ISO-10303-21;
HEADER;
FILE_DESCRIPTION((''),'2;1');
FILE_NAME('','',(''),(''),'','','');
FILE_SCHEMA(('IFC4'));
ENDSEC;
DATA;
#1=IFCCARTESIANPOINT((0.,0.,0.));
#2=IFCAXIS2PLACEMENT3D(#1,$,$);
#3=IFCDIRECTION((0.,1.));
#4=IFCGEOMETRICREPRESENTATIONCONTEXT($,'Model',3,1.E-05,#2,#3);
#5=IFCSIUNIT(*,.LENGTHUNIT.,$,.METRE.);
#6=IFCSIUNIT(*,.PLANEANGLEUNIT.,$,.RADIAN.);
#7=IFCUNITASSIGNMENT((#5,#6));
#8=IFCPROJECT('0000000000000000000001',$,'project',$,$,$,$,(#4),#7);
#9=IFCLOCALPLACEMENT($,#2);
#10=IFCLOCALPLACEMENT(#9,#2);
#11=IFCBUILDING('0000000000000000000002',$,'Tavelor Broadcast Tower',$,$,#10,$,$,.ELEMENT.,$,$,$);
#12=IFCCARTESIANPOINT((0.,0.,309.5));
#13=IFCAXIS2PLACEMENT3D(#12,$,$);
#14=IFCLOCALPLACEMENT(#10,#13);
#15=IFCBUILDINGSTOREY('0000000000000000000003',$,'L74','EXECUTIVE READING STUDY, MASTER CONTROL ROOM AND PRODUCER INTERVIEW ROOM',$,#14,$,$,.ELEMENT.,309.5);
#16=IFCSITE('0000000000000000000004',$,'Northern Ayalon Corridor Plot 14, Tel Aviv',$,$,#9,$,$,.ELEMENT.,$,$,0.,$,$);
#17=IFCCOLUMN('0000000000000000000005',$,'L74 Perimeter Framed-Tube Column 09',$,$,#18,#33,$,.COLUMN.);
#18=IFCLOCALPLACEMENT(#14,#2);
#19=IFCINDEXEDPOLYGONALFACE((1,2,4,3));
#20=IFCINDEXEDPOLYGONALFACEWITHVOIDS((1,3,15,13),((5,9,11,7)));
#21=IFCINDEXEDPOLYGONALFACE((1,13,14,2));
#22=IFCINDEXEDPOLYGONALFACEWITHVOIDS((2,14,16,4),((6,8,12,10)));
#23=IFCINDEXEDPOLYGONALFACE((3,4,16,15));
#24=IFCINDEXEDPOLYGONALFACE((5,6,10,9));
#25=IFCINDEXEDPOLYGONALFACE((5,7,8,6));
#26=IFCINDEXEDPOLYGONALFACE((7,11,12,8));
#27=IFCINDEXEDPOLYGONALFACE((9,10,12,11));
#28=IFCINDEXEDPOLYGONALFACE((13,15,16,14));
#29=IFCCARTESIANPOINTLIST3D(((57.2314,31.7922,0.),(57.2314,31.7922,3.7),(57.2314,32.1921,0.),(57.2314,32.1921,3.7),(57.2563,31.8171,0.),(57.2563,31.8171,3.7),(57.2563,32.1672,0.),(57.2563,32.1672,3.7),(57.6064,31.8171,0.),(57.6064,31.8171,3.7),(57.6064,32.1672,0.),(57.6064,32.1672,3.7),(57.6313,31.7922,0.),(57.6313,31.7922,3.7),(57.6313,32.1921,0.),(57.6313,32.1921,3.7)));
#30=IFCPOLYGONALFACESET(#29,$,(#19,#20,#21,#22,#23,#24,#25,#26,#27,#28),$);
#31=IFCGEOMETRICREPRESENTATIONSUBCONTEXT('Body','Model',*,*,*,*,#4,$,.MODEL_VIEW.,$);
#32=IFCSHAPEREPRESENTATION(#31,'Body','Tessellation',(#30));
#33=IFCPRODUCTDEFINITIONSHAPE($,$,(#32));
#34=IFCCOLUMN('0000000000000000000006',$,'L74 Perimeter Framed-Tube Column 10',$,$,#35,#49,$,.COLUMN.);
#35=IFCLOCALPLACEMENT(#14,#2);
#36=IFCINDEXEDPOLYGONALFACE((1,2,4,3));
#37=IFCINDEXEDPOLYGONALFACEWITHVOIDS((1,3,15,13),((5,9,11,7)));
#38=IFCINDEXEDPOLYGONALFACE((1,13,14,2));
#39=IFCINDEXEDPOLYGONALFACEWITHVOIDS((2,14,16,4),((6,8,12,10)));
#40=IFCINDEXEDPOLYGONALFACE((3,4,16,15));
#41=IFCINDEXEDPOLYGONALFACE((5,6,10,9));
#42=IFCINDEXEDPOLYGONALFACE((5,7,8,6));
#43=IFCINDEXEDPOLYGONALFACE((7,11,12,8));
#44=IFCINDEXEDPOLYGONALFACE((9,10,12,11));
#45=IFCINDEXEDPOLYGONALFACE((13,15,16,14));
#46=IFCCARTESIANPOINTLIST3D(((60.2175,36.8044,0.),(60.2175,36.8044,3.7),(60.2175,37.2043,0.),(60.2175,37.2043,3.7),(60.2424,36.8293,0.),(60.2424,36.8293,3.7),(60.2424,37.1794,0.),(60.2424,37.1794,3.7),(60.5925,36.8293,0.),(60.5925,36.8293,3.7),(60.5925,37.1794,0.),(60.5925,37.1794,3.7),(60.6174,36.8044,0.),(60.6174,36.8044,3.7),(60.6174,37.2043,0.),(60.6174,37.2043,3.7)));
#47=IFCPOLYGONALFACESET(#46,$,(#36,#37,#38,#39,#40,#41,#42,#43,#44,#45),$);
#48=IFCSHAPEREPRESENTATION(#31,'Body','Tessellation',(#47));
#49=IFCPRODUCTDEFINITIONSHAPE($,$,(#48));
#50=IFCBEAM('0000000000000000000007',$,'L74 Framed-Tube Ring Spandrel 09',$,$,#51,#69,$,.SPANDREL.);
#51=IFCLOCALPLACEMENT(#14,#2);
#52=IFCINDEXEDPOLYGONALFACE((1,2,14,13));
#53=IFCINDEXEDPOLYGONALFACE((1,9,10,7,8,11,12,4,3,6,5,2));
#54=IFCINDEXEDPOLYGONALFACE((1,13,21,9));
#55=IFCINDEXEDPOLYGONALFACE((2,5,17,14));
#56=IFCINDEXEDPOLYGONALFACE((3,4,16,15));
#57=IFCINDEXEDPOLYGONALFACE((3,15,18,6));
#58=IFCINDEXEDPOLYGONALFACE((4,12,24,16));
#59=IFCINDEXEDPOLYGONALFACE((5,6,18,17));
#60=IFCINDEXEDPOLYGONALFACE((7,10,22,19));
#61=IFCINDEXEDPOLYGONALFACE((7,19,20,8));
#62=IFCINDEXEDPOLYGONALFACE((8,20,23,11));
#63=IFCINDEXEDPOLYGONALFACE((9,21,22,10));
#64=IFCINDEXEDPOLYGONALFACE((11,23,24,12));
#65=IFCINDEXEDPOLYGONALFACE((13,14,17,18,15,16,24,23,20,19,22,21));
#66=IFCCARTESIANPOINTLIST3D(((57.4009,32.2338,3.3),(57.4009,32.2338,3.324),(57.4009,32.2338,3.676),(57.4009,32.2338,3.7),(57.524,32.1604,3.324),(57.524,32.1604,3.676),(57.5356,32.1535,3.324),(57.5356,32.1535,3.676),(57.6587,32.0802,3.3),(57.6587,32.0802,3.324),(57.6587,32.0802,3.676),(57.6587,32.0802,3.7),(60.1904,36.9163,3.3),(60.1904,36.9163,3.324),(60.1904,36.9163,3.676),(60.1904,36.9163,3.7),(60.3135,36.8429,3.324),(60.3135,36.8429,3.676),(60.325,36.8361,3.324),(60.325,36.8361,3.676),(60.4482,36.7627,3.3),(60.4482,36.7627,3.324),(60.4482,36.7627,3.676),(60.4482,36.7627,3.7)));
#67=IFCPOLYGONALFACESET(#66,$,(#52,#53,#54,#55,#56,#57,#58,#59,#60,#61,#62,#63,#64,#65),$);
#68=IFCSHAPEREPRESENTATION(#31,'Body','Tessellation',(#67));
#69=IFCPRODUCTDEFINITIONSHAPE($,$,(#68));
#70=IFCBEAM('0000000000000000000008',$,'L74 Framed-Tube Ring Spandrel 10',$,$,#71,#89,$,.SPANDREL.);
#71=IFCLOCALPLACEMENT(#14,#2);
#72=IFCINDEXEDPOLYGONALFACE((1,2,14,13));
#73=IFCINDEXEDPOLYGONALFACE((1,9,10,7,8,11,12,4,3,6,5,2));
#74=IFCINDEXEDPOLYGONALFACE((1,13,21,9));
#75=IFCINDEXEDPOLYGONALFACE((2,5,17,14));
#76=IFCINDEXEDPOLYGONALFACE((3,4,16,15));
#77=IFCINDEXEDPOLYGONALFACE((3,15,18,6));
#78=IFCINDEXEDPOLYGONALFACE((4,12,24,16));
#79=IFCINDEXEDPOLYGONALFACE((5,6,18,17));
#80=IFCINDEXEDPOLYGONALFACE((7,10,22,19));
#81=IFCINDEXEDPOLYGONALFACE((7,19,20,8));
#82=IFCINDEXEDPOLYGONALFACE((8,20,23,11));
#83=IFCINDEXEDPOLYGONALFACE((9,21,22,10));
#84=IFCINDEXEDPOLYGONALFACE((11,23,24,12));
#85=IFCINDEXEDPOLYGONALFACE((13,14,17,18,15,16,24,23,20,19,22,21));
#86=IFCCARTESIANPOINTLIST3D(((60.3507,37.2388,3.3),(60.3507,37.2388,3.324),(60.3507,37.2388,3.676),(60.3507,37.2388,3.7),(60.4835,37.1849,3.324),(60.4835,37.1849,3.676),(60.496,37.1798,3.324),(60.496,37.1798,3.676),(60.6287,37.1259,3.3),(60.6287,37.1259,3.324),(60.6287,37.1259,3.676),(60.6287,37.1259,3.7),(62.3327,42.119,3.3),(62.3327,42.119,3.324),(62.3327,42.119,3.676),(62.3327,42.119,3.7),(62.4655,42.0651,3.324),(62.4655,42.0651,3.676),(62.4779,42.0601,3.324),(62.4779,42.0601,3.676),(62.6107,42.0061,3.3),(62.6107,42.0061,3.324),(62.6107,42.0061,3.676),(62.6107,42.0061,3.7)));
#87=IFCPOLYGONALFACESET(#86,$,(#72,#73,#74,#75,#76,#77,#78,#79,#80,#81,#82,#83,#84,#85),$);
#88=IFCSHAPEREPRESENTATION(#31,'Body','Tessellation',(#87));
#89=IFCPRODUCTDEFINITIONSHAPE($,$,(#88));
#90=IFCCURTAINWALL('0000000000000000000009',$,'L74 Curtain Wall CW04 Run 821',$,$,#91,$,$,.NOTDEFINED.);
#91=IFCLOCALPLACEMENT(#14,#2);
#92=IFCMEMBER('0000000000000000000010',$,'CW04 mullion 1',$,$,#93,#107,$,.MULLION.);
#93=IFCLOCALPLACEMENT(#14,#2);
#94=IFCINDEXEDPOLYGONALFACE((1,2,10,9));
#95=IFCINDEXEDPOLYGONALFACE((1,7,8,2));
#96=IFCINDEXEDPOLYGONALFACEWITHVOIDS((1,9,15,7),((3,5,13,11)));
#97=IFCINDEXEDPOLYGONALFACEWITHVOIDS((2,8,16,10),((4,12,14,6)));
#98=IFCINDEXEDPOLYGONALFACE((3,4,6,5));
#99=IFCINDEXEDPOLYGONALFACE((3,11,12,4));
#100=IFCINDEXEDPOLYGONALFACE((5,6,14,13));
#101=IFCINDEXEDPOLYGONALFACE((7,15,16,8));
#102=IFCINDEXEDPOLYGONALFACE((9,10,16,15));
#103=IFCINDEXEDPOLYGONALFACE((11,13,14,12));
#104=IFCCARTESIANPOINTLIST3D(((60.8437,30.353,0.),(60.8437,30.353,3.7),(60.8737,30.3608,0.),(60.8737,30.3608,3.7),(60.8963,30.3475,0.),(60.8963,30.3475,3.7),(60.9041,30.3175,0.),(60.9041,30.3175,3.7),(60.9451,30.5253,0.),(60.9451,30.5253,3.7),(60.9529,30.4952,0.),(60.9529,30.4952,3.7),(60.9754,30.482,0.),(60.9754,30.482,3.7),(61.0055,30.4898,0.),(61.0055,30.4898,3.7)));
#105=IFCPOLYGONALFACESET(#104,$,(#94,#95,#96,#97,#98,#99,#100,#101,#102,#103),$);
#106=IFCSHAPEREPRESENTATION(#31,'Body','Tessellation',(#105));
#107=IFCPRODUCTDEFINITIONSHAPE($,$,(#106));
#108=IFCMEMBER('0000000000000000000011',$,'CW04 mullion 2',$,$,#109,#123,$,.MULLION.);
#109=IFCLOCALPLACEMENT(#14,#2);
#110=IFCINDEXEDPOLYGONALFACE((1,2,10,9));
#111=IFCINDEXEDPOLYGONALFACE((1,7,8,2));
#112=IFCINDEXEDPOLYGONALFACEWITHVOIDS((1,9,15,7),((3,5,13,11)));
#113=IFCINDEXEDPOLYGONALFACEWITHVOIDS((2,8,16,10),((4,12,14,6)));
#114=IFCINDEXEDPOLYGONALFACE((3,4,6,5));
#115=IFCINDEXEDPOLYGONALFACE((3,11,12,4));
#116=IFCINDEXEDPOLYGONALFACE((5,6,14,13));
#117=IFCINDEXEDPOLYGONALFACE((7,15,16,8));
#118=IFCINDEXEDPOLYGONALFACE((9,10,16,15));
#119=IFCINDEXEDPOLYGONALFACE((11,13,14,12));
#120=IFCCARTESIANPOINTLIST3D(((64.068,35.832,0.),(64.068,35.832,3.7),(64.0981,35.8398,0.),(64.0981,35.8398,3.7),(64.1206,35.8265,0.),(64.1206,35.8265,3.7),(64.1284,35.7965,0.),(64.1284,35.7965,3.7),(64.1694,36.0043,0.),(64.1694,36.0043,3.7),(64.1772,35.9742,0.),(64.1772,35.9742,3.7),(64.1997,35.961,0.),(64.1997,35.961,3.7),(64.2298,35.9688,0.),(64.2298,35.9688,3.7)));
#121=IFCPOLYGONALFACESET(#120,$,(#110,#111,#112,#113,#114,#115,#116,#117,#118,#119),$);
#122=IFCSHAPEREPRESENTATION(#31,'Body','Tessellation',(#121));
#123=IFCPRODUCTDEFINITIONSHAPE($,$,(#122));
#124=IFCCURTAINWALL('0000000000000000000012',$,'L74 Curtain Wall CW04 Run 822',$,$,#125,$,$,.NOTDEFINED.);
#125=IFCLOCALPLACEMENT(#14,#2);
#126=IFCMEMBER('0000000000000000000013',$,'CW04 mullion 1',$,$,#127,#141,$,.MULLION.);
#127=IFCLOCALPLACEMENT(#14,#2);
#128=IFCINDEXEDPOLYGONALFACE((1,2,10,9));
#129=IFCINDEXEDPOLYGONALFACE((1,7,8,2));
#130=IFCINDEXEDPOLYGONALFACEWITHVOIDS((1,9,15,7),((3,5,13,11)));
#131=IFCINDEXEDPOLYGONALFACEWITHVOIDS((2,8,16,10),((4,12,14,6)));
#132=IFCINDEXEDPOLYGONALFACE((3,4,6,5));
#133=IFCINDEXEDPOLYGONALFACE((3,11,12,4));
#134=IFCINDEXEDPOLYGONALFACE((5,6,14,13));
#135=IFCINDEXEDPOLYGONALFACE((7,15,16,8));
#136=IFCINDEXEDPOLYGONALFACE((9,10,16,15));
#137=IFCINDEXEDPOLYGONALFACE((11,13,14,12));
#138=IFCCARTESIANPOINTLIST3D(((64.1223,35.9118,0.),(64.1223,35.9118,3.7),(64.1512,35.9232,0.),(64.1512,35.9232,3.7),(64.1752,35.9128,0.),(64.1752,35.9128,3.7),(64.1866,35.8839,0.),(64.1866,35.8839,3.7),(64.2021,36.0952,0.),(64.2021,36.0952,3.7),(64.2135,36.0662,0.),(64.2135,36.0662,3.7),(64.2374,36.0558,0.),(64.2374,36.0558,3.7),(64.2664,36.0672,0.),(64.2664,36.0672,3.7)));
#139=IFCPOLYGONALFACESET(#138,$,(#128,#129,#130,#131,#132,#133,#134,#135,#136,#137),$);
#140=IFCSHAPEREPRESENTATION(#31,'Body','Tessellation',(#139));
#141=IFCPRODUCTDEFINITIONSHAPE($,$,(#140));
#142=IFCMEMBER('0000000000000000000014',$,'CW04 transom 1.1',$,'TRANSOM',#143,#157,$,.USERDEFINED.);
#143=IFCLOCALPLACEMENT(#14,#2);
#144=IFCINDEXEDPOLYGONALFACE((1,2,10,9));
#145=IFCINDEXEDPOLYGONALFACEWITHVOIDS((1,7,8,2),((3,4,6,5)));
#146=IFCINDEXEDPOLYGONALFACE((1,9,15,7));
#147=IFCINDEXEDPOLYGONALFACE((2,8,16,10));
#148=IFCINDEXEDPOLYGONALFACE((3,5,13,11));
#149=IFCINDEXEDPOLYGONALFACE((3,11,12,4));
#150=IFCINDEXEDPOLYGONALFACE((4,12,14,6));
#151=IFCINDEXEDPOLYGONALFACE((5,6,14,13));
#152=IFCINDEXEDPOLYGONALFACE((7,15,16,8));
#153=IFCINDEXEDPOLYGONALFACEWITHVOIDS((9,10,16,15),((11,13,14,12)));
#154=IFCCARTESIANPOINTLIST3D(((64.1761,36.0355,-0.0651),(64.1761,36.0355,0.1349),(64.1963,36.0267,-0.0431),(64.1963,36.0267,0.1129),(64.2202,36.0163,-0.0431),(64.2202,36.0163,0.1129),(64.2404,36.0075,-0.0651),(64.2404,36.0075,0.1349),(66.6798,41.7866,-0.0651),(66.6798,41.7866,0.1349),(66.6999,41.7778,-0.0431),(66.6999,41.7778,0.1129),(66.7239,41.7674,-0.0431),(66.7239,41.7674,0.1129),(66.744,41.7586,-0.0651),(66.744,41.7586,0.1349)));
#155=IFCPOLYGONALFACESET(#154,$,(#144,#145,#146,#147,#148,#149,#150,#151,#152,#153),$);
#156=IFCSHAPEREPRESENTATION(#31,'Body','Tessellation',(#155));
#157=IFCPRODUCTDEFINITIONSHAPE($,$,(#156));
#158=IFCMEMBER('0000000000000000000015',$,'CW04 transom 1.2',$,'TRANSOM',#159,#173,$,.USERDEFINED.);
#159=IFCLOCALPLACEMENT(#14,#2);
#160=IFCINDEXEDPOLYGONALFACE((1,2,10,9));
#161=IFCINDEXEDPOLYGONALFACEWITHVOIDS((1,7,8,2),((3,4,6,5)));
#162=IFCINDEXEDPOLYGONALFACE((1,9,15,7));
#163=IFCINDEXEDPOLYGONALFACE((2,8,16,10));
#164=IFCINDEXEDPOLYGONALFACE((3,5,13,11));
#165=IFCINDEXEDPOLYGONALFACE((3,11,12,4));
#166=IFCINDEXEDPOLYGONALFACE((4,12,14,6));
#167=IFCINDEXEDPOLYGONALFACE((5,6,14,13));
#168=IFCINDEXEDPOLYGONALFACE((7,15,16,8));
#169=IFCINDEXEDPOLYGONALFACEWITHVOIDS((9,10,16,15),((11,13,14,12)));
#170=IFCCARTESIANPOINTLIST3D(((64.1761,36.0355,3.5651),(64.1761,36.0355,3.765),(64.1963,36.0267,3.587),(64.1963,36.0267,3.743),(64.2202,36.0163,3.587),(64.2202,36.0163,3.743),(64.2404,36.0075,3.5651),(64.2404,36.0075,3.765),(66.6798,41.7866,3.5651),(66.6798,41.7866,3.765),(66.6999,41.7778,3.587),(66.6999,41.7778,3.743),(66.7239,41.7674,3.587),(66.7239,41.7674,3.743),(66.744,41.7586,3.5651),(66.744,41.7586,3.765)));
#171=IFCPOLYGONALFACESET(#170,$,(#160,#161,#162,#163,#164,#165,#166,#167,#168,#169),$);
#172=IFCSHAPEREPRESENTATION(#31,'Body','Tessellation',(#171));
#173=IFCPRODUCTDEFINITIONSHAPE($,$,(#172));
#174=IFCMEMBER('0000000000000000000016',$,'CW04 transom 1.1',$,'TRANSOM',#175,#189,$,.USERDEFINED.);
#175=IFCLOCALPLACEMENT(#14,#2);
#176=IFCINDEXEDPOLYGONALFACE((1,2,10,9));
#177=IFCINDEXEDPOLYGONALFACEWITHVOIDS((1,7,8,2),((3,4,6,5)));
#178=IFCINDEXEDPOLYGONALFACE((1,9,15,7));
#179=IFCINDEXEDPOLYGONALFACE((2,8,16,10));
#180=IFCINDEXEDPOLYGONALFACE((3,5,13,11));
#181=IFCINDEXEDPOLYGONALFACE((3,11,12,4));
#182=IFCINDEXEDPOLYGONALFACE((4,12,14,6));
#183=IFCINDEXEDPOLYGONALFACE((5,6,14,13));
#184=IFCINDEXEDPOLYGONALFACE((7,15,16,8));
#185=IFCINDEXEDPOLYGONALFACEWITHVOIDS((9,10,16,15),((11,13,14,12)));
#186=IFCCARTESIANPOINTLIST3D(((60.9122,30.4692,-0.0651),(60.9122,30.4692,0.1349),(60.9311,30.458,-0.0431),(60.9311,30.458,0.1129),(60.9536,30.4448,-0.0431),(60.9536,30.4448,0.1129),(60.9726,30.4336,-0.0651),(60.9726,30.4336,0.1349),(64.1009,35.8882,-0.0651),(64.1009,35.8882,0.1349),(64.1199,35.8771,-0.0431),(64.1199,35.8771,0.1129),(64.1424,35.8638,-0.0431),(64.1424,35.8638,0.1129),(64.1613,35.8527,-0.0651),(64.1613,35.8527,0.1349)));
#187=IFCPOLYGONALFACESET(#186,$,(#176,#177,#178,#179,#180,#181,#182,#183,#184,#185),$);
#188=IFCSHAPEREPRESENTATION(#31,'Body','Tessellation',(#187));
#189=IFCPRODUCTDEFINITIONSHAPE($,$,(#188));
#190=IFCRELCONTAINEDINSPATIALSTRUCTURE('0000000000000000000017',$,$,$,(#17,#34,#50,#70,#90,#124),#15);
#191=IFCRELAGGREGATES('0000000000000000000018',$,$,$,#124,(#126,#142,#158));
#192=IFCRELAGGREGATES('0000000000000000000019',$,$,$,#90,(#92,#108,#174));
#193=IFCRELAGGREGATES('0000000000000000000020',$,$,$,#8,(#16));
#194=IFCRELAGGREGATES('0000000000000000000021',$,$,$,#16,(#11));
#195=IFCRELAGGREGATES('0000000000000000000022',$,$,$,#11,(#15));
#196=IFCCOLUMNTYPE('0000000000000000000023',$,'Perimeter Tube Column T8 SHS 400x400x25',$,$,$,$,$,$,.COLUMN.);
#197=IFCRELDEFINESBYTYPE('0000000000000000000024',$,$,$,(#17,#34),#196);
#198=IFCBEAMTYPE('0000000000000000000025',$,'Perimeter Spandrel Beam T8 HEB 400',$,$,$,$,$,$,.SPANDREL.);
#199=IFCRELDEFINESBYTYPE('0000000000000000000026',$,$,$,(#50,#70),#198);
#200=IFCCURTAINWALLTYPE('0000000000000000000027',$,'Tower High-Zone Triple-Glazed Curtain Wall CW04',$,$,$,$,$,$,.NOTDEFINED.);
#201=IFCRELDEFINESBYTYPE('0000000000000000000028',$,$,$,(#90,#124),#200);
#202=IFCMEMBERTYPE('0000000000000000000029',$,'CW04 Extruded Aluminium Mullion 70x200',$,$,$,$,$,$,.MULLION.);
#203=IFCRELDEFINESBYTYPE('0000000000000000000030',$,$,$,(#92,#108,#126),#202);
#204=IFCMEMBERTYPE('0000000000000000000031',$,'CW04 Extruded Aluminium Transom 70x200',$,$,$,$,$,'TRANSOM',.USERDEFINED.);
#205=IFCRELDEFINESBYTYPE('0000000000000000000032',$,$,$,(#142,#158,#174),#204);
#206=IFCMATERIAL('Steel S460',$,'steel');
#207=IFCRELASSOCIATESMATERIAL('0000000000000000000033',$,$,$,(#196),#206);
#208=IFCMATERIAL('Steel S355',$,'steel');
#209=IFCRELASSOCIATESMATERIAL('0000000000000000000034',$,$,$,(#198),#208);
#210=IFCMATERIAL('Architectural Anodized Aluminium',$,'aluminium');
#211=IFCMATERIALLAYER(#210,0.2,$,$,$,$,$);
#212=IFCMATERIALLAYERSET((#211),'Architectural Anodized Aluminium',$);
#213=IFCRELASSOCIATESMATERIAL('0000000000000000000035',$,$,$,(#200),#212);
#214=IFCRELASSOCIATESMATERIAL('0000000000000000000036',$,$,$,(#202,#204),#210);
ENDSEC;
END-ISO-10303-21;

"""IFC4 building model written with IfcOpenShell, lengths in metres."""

from ifc_helpers import new_model, si_unit, direction, frame, origin, origin_2d, place, context, subcontext, project, spatial, hollow_rectangle, i_section, extrude, source, transform, mapped, material, layer, layer_set, material_profile, profile_set, type_object, type_shapes, element, aggregate, save


model = new_model("IFC4")

# Units and contexts
model_context = context("Model", 3, precision=1e-05, world=origin(), true_north=direction((0.0, 1.0)))
body_context = subcontext(model_context, "Body", "Model", "MODEL_VIEW")
ifc_project = project(units=[si_unit("LENGTHUNIT", "METRE"), si_unit("PLANEANGLEUNIT", "RADIAN")], contexts=[model_context])

# Site, building, storey
site_placement = place(None, origin())
site = spatial("IfcSite", under=ifc_project, at=site_placement, Name="Northern Ayalon Corridor Plot 14, Tel Aviv", CompositionType="ELEMENT", RefElevation=0.0)
building_placement = place(site_placement, origin())
building = spatial("IfcBuilding", under=site, at=building_placement, Name="Tavelor Broadcast Tower", CompositionType="ELEMENT")
storey_placement = place(building_placement, frame((0.0, 0.0, 309.5)))
storey = spatial("IfcBuildingStorey", under=building, at=storey_placement, Name="L74", Description="EXECUTIVE READING STUDY, MASTER CONTROL ROOM AND PRODUCER INTERVIEW ROOM", CompositionType="ELEMENT", Elevation=309.5)

# Columns
ifc_material_1 = material(Name="Steel S460", Category="steel")
ifc_material_profile_1 = material_profile(ifc_material_1, hollow_rectangle(XDim=0.3999, YDim=0.3999, WallThickness=0.0249, at=origin_2d()), Name="SHS 400x400x25")
ifc_profile_set_1 = profile_set([ifc_material_profile_1], Name="Steel S460")
column_type = type_object("IfcColumnType", Name="Perimeter Tube Column T8 SHS 400x400x25", PredefinedType="COLUMN", material=ifc_profile_set_1)
for number, where, z_axis, x_axis, name in (
    (1, (57.4314, 31.9922, 0.0), (0.0, 0.0, 1.0), (1.0, 0.0, 0.0), "L74 Perimeter Framed-Tube Column 09"),
    (2, (60.4175, 37.0044, 0.0), (0.0, 0.0, 1.0), (1.0, 0.0, 0.0), "L74 Perimeter Framed-Tube Column 10"),
):
    element("IfcColumn", number, at=place(storey_placement, frame(where, z_axis=z_axis, x_axis=x_axis)), inside=storey, type_object=column_type, Name=name, PredefinedType="COLUMN", context=body_context, shape_type="SweptSolid", body=[
        extrude(hollow_rectangle(XDim=0.3999, YDim=0.3999, WallThickness=0.0249, at=origin_2d()), origin(), (0.0, 0.0, 1.0), 3.7),
    ])

# Beams
ifc_material_2 = material(Name="Steel S355", Category="steel")
ifc_material_profile_2 = material_profile(ifc_material_2, i_section(OverallWidth=0.3, OverallDepth=0.3999, WebThickness=0.0134, FlangeThickness=0.0239, at=origin_2d()), Name="HEB 400")
ifc_profile_set_2 = profile_set([ifc_material_profile_2], Name="Steel S355")
beam_type = type_object("IfcBeamType", Name="Perimeter Spandrel Beam T8 HEB 400", PredefinedType="SPANDREL", material=ifc_profile_set_2)
beam_1_placement = place(storey_placement, frame((57.5298, 32.157, 3.5), z_axis=(0.511793, 0.859109, 0.0), x_axis=(-0.859109, 0.511793, 0.0)))
element("IfcBeam", 3, at=beam_1_placement, inside=storey, type_object=beam_type, Name="L74 Framed-Tube Ring Spandrel 09", PredefinedType="SPANDREL", context=body_context, shape_type="SweptSolid", body=[
    extrude(i_section(OverallWidth=0.3, OverallDepth=0.3999, WebThickness=0.0134, FlangeThickness=0.0239, at=origin_2d()), origin(), (0.0, 0.0, 1.0), 5.4504),
])
beam_2_placement = place(storey_placement, frame((60.4897, 37.1824, 3.5), z_axis=(0.376276, 0.926507, 0.0), x_axis=(-0.926507, 0.376276, 0.0)))
element("IfcBeam", 4, at=beam_2_placement, inside=storey, type_object=beam_type, Name="L74 Framed-Tube Ring Spandrel 10", PredefinedType="SPANDREL", context=body_context, shape_type="SweptSolid", body=[
    extrude(i_section(OverallWidth=0.3, OverallDepth=0.3999, WebThickness=0.0134, FlangeThickness=0.0239, at=origin_2d()), origin(), (0.0, 0.0, 1.0), 5.2673),
])

# Curtain walls, members
ifc_material_3 = material(Name="Architectural Anodized Aluminium", Category="aluminium")
ifc_layer_1 = layer(ifc_material_3, 0.2)
ifc_layer_set_1 = layer_set([ifc_layer_1], Name="Architectural Anodized Aluminium")
curtain_wall_type = type_object("IfcCurtainWallType", Name="Tower High-Zone Triple-Glazed Curtain Wall CW04", PredefinedType="NOTDEFINED", material=ifc_layer_set_1)
curtain_wall_1_placement = place(storey_placement, origin())
curtain_wall_1 = element("IfcCurtainWall", 5, at=curtain_wall_1_placement, inside=storey, type_object=curtain_wall_type, Name="L74 Curtain Wall CW04 Run 821", PredefinedType="NOTDEFINED")
ifc_material_profile_3 = material_profile(ifc_material_3, hollow_rectangle(XDim=0.0701, YDim=0.2, WallThickness=0.022, at=origin_2d()), Name="RHS 70x200x22")
ifc_profile_set_3 = profile_set([ifc_material_profile_3], Name="Architectural Anodized Aluminium")
member_type_1 = type_object("IfcMemberType", Name="CW04 Extruded Aluminium Mullion 70x200", PredefinedType="MULLION", material=ifc_profile_set_3)
shared_shape_1 = source(origin(), body_context, "Body", "SweptSolid", [
    extrude(hollow_rectangle(XDim=0.0701, YDim=0.2, WallThickness=0.022, at=origin_2d()), origin(), (0.0, 0.0, 1.0), 3.7),
])
type_shapes(member_type_1, [shared_shape_1])
member_1_placement = place(storey_placement, frame((60.9246, 30.4214, 0.0), z_axis=(0.0, 0.0, 1.0), x_axis=(-0.861848, 0.507167, 0.0)))
member_1 = element("IfcMember", 6, at=member_1_placement, type_object=member_type_1, Name="CW04 mullion 1", PredefinedType="MULLION", context=body_context, shape_type="MappedRepresentation", body=[
    mapped(shared_shape_1, transform((0.0, 0.0, 0.0), scale=1.0)),
])
member_2_placement = place(storey_placement, frame((64.1489, 35.9004, 0.0), z_axis=(0.0, 0.0, 1.0), x_axis=(-0.861848, 0.507167, 0.0)))
member_2 = element("IfcMember", 7, at=member_2_placement, type_object=member_type_1, Name="CW04 mullion 2", PredefinedType="MULLION", context=body_context, shape_type="MappedRepresentation", body=[
    mapped(shared_shape_1, transform((0.0, 0.0, 0.0), scale=1.0)),
])
curtain_wall_2_placement = place(storey_placement, origin())
curtain_wall_2 = element("IfcCurtainWall", 8, at=curtain_wall_2_placement, inside=storey, type_object=curtain_wall_type, Name="L74 Curtain Wall CW04 Run 822", PredefinedType="NOTDEFINED")
member_3_placement = place(storey_placement, frame((64.1943, 35.9895, 0.0), z_axis=(0.0, 0.0, 1.0), x_axis=(-0.916888, 0.399145, 0.0)))
member_3 = element("IfcMember", 9, at=member_3_placement, type_object=member_type_1, Name="CW04 mullion 1", PredefinedType="MULLION", context=body_context, shape_type="MappedRepresentation", body=[
    mapped(shared_shape_1, transform((0.0, 0.0, 0.0), scale=1.0)),
])
ifc_material_profile_4 = material_profile(ifc_material_3, hollow_rectangle(XDim=0.0701, YDim=0.2, WallThickness=0.022, at=origin_2d()), Name="RHS 70x200x22")
ifc_profile_set_4 = profile_set([ifc_material_profile_4], Name="Architectural Anodized Aluminium")
member_type_2 = type_object("IfcMemberType", Name="CW04 Extruded Aluminium Transom 70x200", ElementType="TRANSOM", PredefinedType="USERDEFINED", material=ifc_profile_set_4)
shared_shape_2 = source(origin(), body_context, "Body", "SweptSolid", [
    extrude(hollow_rectangle(XDim=0.0701, YDim=0.2, WallThickness=0.022, at=origin_2d()), origin(), (0.0, 0.0, 1.0), 6.2725),
])
member_4_placement = place(storey_placement, frame((64.2083, 36.0215, 0.0349), z_axis=(0.399146, 0.916887, 0.0), x_axis=(-0.916887, 0.399146, 0.0)))
member_4 = element("IfcMember", 10, at=member_4_placement, type_object=member_type_2, Name="CW04 transom 1.1", ObjectType="TRANSOM", PredefinedType="USERDEFINED", context=body_context, shape_type="MappedRepresentation", body=[
    mapped(shared_shape_2, transform((0.0, 0.0, 0.0), scale=1.0)),
])
member_5_placement = place(storey_placement, frame((64.2083, 36.0215, 3.665), z_axis=(0.399146, 0.916887, 0.0), x_axis=(-0.916887, 0.399146, 0.0)))
member_5 = element("IfcMember", 11, at=member_5_placement, type_object=member_type_2, Name="CW04 transom 1.2", ObjectType="TRANSOM", PredefinedType="USERDEFINED", context=body_context, shape_type="MappedRepresentation", body=[
    mapped(shared_shape_2, transform((0.0, 0.0, 0.0), scale=1.0)),
])
aggregate(curtain_wall_2, [member_3, member_4, member_5])

# Member
shared_shape_3 = source(origin(), body_context, "Body", "SweptSolid", [
    extrude(hollow_rectangle(XDim=0.0701, YDim=0.2, WallThickness=0.022, at=origin_2d()), origin(), (0.0, 0.0, 1.0), 6.2876),
])
type_shapes(member_type_2, [shared_shape_2, shared_shape_3])
member_6_placement = place(storey_placement, frame((60.9424, 30.4514, 0.0349), z_axis=(0.507151, 0.861857, 0.0), x_axis=(-0.861857, 0.507151, 0.0)))
member_6 = element("IfcMember", 12, at=member_6_placement, type_object=member_type_2, Name="CW04 transom 1.1", ObjectType="TRANSOM", PredefinedType="USERDEFINED", context=body_context, shape_type="MappedRepresentation", body=[
    mapped(shared_shape_3, transform((0.0, 0.0, 0.0), scale=1.0)),
])

aggregate(curtain_wall_1, [member_1, member_2, member_6])

save(model, "model.ifc")
